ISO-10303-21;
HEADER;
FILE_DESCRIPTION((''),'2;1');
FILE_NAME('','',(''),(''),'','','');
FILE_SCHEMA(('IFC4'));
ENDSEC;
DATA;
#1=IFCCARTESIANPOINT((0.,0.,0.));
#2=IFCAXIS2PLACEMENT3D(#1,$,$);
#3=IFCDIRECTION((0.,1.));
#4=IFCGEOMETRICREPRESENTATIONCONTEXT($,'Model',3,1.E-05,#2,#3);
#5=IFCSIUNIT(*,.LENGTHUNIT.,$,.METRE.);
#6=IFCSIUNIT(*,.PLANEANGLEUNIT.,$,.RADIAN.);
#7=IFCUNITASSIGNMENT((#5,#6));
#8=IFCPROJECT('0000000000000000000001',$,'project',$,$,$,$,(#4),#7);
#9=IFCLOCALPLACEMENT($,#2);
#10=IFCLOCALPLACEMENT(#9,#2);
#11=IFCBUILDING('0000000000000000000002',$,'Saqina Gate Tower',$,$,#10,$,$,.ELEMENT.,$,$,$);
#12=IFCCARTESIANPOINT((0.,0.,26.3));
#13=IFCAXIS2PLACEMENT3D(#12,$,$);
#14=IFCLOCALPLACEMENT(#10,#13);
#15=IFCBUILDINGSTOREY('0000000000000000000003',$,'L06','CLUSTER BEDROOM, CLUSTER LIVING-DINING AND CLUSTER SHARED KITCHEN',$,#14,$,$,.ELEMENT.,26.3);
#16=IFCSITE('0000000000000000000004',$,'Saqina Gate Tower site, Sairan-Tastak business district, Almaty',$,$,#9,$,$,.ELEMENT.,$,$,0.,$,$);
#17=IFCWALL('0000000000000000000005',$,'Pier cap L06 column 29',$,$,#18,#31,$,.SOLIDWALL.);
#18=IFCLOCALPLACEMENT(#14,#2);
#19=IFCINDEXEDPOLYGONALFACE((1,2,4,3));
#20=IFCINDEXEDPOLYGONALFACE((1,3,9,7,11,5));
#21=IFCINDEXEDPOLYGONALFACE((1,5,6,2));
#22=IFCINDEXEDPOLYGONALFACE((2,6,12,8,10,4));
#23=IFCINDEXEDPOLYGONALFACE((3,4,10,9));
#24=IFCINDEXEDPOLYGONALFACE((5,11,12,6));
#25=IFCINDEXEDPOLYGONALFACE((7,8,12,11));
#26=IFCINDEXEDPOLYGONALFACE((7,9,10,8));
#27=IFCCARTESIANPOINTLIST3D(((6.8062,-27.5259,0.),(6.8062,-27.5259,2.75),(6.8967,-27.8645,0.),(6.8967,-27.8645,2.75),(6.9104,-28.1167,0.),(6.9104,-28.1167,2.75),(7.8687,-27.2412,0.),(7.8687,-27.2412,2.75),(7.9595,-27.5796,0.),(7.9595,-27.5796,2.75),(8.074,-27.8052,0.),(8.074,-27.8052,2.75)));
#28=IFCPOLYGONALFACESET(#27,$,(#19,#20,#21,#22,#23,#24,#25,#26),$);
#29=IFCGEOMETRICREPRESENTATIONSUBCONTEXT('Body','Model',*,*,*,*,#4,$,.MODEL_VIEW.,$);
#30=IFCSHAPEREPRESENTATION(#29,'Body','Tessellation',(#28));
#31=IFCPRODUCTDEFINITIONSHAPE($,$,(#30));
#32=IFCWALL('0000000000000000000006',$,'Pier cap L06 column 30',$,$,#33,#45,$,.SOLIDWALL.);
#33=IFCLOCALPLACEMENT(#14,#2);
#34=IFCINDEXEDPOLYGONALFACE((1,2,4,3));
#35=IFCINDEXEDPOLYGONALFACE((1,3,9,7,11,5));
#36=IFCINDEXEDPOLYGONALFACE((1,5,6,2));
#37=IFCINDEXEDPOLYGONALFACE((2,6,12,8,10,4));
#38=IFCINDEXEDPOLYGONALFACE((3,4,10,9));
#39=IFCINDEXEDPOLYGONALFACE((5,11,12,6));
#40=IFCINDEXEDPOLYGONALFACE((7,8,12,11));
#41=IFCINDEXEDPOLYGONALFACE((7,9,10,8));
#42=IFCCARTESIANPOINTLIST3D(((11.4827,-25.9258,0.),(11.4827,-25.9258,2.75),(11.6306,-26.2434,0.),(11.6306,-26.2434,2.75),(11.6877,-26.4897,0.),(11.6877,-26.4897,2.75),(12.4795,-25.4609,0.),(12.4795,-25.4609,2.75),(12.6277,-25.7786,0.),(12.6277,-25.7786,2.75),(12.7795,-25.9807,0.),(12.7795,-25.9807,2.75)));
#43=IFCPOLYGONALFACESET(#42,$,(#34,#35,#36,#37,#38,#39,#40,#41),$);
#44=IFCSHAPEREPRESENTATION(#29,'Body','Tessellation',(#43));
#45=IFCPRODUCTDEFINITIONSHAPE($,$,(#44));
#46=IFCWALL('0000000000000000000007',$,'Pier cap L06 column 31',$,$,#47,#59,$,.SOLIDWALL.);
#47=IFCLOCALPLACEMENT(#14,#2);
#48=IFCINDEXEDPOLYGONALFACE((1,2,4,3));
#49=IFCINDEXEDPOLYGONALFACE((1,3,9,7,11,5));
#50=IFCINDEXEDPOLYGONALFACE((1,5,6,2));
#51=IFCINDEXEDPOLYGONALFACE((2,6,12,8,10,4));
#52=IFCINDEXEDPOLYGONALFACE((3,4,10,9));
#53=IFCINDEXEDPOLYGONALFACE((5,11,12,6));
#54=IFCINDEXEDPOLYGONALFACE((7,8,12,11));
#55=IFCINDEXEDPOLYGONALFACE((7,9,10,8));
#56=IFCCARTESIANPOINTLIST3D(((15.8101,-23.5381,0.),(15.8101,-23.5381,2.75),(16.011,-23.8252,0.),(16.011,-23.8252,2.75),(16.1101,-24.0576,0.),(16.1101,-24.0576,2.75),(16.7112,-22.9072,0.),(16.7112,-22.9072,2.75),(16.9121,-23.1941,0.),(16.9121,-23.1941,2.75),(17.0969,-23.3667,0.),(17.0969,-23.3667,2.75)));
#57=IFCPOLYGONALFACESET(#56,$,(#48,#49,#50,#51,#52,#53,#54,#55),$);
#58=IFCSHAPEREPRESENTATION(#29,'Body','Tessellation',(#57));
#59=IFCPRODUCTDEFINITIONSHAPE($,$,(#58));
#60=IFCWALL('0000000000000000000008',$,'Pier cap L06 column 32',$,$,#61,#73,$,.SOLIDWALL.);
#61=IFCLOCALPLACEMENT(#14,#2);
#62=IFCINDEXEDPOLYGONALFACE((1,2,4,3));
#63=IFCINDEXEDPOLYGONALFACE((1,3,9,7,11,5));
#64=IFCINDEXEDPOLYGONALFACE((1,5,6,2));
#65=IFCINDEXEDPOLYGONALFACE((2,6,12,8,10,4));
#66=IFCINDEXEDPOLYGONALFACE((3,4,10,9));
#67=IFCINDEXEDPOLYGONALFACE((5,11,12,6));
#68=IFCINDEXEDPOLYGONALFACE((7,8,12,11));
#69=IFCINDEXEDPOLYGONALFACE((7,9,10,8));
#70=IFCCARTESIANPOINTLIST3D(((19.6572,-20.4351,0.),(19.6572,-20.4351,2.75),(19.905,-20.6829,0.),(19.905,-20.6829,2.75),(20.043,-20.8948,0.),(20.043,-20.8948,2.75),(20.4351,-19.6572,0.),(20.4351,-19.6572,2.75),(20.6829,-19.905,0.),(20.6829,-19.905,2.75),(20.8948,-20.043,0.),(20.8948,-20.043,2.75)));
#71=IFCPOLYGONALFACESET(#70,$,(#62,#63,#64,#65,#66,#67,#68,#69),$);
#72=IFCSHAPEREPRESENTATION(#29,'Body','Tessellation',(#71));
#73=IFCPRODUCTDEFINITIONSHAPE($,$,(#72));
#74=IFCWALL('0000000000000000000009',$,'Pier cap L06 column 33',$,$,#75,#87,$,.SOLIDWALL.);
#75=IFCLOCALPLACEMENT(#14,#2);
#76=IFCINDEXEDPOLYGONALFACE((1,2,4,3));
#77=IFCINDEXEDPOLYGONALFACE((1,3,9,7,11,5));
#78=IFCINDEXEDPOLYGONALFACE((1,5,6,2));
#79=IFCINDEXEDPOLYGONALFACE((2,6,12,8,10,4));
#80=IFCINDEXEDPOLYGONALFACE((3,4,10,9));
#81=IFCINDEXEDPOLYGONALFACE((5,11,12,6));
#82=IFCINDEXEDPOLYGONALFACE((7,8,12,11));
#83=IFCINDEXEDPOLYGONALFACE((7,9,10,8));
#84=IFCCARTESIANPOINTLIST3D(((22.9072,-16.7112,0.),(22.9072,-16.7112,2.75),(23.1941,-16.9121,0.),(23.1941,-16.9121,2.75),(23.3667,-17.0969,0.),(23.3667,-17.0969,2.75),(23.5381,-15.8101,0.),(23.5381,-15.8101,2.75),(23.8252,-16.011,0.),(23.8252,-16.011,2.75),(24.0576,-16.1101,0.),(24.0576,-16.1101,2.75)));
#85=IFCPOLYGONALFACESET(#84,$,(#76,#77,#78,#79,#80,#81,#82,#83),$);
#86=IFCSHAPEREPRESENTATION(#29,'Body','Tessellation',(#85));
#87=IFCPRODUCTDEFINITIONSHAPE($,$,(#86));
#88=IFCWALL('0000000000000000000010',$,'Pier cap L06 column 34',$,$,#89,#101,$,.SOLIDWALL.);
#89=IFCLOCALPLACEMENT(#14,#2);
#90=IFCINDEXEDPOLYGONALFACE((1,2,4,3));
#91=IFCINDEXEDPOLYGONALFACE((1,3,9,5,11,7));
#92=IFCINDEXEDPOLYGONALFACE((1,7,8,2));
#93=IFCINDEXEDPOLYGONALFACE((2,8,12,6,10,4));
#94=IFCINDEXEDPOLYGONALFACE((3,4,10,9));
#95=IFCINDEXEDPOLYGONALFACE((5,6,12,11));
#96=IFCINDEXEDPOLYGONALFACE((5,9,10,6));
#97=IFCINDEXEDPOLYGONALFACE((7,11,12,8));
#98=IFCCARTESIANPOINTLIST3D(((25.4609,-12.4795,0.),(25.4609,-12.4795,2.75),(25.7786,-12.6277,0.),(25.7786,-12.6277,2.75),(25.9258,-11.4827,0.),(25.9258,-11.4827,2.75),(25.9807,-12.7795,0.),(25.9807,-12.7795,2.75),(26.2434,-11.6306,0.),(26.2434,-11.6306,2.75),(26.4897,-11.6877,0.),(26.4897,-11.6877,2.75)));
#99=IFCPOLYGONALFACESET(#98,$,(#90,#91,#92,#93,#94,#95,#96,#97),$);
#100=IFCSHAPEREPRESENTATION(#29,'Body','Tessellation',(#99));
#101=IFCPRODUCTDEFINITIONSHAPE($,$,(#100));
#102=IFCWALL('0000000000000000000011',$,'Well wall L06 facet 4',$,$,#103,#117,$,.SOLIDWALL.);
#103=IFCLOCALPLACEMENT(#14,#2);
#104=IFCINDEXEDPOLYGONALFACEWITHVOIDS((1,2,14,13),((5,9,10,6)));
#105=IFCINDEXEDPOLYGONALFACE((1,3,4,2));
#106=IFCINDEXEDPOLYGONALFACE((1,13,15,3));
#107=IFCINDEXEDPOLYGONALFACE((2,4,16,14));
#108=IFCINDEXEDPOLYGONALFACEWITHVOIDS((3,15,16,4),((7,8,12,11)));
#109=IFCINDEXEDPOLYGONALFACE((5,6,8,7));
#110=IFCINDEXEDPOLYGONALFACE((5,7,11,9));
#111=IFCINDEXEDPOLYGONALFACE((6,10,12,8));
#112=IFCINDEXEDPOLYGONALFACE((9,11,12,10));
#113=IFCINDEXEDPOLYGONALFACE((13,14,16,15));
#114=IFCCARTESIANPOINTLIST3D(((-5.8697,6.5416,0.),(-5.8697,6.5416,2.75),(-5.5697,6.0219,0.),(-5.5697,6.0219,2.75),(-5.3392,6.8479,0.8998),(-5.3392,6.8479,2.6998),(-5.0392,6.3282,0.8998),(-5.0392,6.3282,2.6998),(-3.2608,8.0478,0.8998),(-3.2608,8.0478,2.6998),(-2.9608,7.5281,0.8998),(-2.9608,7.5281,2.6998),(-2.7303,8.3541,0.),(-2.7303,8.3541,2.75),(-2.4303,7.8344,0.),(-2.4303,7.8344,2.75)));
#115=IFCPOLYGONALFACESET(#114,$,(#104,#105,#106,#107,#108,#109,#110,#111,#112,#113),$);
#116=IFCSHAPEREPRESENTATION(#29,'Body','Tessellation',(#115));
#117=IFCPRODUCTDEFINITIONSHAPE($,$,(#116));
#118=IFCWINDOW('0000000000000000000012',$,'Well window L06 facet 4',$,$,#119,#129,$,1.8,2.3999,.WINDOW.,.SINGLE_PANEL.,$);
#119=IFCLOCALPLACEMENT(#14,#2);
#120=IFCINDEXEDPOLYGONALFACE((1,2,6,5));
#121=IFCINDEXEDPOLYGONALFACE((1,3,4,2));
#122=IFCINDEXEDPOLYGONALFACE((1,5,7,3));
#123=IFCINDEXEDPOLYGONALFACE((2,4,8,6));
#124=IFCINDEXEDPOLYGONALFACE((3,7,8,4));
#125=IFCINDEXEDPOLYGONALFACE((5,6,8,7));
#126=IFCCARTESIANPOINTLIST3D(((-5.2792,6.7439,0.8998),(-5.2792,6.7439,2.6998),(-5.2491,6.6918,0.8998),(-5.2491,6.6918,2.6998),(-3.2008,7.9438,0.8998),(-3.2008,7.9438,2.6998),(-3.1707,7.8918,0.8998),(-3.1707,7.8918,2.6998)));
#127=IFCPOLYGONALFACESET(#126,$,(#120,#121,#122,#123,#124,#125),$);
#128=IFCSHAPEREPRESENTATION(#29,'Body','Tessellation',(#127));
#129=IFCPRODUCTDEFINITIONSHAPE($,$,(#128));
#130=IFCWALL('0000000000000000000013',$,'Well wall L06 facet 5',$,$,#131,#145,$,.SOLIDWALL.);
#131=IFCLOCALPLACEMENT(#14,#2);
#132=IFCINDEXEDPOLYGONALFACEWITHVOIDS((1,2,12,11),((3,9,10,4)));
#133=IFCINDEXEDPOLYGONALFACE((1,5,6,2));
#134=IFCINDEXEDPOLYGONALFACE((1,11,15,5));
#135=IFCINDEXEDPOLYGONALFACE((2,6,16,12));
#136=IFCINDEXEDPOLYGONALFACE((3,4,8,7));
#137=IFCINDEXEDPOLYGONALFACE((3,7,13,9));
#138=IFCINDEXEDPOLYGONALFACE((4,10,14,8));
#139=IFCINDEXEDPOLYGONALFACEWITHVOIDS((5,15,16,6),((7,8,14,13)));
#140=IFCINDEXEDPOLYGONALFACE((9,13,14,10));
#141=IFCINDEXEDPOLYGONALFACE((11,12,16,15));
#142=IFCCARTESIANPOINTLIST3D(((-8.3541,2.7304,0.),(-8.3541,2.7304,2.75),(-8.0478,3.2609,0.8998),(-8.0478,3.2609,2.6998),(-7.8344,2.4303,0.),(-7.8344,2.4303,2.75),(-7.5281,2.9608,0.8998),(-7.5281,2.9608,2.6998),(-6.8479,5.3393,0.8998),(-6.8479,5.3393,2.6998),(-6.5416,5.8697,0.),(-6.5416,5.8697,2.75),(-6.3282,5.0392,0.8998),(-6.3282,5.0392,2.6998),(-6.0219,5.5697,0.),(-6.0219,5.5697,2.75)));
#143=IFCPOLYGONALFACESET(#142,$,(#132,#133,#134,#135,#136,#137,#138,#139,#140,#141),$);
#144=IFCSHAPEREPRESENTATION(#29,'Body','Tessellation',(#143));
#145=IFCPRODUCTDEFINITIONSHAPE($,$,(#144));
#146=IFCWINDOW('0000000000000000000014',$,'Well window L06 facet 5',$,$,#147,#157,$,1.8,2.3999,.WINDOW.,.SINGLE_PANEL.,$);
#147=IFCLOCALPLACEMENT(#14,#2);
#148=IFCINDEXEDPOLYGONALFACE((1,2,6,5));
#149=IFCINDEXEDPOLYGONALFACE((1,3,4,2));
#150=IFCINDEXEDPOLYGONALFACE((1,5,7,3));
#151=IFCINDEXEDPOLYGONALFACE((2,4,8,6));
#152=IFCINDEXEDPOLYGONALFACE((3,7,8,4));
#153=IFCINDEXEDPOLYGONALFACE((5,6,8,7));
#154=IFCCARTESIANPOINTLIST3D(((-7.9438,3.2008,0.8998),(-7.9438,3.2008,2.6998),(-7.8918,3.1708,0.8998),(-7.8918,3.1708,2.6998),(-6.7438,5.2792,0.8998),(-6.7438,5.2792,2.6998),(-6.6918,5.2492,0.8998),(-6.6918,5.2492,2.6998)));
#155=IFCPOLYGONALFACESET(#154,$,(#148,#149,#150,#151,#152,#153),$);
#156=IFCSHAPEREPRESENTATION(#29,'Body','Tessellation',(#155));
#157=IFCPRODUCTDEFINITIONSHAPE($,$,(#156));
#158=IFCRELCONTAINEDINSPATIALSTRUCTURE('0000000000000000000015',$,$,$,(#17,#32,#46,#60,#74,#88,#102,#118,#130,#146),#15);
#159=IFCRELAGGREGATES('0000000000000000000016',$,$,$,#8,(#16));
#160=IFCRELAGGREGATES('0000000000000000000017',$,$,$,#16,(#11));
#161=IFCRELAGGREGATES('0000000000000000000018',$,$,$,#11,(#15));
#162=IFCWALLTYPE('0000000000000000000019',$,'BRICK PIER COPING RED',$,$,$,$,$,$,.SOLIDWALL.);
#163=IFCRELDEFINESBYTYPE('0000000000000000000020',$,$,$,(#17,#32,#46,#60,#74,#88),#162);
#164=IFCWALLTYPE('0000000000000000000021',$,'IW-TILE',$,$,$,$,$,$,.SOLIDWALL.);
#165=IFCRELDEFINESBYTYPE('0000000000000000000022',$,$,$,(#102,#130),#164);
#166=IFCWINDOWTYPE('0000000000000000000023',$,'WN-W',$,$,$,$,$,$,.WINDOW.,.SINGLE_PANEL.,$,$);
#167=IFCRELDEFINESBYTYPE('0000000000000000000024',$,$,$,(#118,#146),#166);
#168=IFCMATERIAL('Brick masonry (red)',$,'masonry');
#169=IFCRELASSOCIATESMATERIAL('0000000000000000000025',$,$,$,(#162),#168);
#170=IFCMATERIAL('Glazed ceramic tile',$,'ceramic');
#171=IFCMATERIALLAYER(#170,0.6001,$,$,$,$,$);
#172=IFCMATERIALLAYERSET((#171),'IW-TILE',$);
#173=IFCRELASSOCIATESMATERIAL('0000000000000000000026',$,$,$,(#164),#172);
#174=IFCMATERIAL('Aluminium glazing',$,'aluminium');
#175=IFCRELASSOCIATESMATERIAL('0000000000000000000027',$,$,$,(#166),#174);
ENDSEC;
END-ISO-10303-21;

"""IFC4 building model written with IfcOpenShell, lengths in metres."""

from ifc_helpers import new_model, si_unit, direction, frame, frame_2d, origin, place, context, subcontext, project, spatial, polyline, rectangle, outline, extrude, material, layer, layer_set, type_object, element, fill, save


model = new_model("IFC4")

# Units and contexts
model_context = context("Model", 3, precision=1e-05, world=origin(), true_north=direction((0.0, 1.0)))
body_context = subcontext(model_context, "Body", "Model", "MODEL_VIEW")
ifc_project = project(units=[si_unit("LENGTHUNIT", "METRE"), si_unit("PLANEANGLEUNIT", "RADIAN")], contexts=[model_context])

# Site, building, storey
site_placement = place(None, origin())
site = spatial("IfcSite", under=ifc_project, at=site_placement, Name="Saqina Gate Tower site, Sairan-Tastak business district, Almaty", CompositionType="ELEMENT", RefElevation=0.0)
building_placement = place(site_placement, origin())
building = spatial("IfcBuilding", under=site, at=building_placement, Name="Saqina Gate Tower", CompositionType="ELEMENT")
storey_placement = place(building_placement, frame((0.0, 0.0, 26.3)))
storey = spatial("IfcBuildingStorey", under=building, at=storey_placement, Name="L06", Description="CLUSTER BEDROOM, CLUSTER LIVING-DINING AND CLUSTER SHARED KITCHEN", CompositionType="ELEMENT", Elevation=26.3)

# Walls
ifc_material_1 = material(Name="Brick masonry (red)", Category="masonry")
wall_type_1 = type_object("IfcWallType", Name="BRICK PIER COPING RED", PredefinedType="SOLIDWALL", material=ifc_material_1)
wall_1_placement = place(storey_placement, origin())
element("IfcWall", 1, at=wall_1_placement, inside=storey, type_object=wall_type_1, Name="Pier cap L06 column 29", PredefinedType="SOLIDWALL", context=body_context, shape_type="SweptSolid", body=[
    extrude(outline(polyline([(6.9104, -28.1167), (8.074, -27.8052), (7.8687, -27.2412), (7.9595, -27.5796), (6.8967, -27.8645), (6.8062, -27.5259), (6.9104, -28.1167)])), origin(), (0.0, 0.0, 1.0), 2.75),
])
wall_2_placement = place(storey_placement, origin())
element("IfcWall", 2, at=wall_2_placement, inside=storey, type_object=wall_type_1, Name="Pier cap L06 column 30", PredefinedType="SOLIDWALL", context=body_context, shape_type="SweptSolid", body=[
    extrude(outline(polyline([(12.7795, -25.9807), (12.4795, -25.4609), (12.6277, -25.7786), (11.6306, -26.2434), (11.4827, -25.9258), (11.6877, -26.4897), (12.7795, -25.9807)])), origin(), (0.0, 0.0, 1.0), 2.75),
])
wall_3_placement = place(storey_placement, origin())
element("IfcWall", 3, at=wall_3_placement, inside=storey, type_object=wall_type_1, Name="Pier cap L06 column 31", PredefinedType="SOLIDWALL", context=body_context, shape_type="SweptSolid", body=[
    extrude(outline(polyline([(16.1101, -24.0576), (17.0969, -23.3667), (16.7112, -22.9072), (16.9121, -23.1941), (16.011, -23.8252), (15.8101, -23.5381), (16.1101, -24.0576)])), origin(), (0.0, 0.0, 1.0), 2.75),
])
wall_4_placement = place(storey_placement, origin())
element("IfcWall", 4, at=wall_4_placement, inside=storey, type_object=wall_type_1, Name="Pier cap L06 column 32", PredefinedType="SOLIDWALL", context=body_context, shape_type="SweptSolid", body=[
    extrude(outline(polyline([(20.8948, -20.043), (20.4351, -19.6572), (20.6829, -19.905), (19.905, -20.6829), (19.6572, -20.4351), (20.043, -20.8948), (20.8948, -20.043)])), origin(), (0.0, 0.0, 1.0), 2.75),
])
wall_5_placement = place(storey_placement, origin())
element("IfcWall", 5, at=wall_5_placement, inside=storey, type_object=wall_type_1, Name="Pier cap L06 column 33", PredefinedType="SOLIDWALL", context=body_context, shape_type="SweptSolid", body=[
    extrude(outline(polyline([(23.3667, -17.0969), (24.0576, -16.1101), (23.5381, -15.8101), (23.8252, -16.011), (23.1941, -16.9121), (22.9072, -16.7112), (23.3667, -17.0969)])), origin(), (0.0, 0.0, 1.0), 2.75),
])
wall_6_placement = place(storey_placement, origin())
element("IfcWall", 6, at=wall_6_placement, inside=storey, type_object=wall_type_1, Name="Pier cap L06 column 34", PredefinedType="SOLIDWALL", context=body_context, shape_type="SweptSolid", body=[
    extrude(outline(polyline([(26.4897, -11.6877), (25.9258, -11.4827), (26.2434, -11.6306), (25.7786, -12.6277), (25.4609, -12.4795), (25.9807, -12.7795), (26.4897, -11.6877)])), origin(), (0.0, 0.0, 1.0), 2.75),
])

# Walls, openings, windows
ifc_material_2 = material(Name="Glazed ceramic tile", Category="ceramic")
ifc_layer_1 = layer(ifc_material_2, 0.6001)
ifc_layer_set_1 = layer_set([ifc_layer_1], Name="IW-TILE")
wall_type_2 = type_object("IfcWallType", Name="IW-TILE", PredefinedType="SOLIDWALL", material=ifc_layer_set_1)
wall_7_placement = place(storey_placement, frame((-2.5803, 8.0942, 0.0), z_axis=(0.0, 0.0, 1.0), x_axis=(-0.86603, -0.499993, 0.0)))
wall_7 = element("IfcWall", 7, at=wall_7_placement, inside=storey, type_object=wall_type_2, Name="Well wall L06 facet 4", PredefinedType="SOLIDWALL", context=body_context, shape_type="SweptSolid", body=[
    extrude(rectangle(XDim=3.625, YDim=0.6001, at=frame_2d((1.8125, 0.0))), origin(), (0.0, 0.0, 1.0), 2.75),
])
opening_1_placement = place(wall_7_placement, frame((0.6125, 0.0, 0.8999)))
opening_1 = element("IfcOpeningElement", 8, at=opening_1_placement, cuts=wall_7, PredefinedType="OPENING", context=body_context, shape_type="SweptSolid", body=[
    extrude(rectangle(XDim=2.3999, YDim=1.8, at=frame_2d((1.2, 0.8999))), frame((0.0, 0.312, 0.0), z_axis=(0.0, -1.0, 0.0), x_axis=(1.0, 0.0, 0.0)), (0.0, 0.0, 1.0), 0.624),
])
ifc_material_3 = material(Name="Aluminium glazing", Category="aluminium")
window_type = type_object("IfcWindowType", Name="WN-W", PartitioningType="SINGLE_PANEL", PredefinedType="WINDOW", material=ifc_material_3)
window_1_placement = place(opening_1_placement, origin())
window_1 = element("IfcWindow", 9, at=window_1_placement, inside=storey, type_object=window_type, Name="Well window L06 facet 4", OverallHeight=1.8, OverallWidth=2.3999, PartitioningType="SINGLE_PANEL", PredefinedType="WINDOW", context=body_context, shape_type="SweptSolid", body=[
    extrude(rectangle(XDim=2.3999, YDim=1.8, at=frame_2d((1.2, 0.8999))), frame((0.0, -0.1199, 0.0), z_axis=(0.0, -1.0, 0.0), x_axis=(1.0, 0.0, 0.0)), (0.0, 0.0, 1.0), 0.0601),
])
fill(opening_1, window_1)
wall_8_placement = place(storey_placement, frame((-6.2817, 5.7197, 0.0), z_axis=(0.0, 0.0, 1.0), x_axis=(-0.499993, -0.86603, 0.0)))
wall_8 = element("IfcWall", 10, at=wall_8_placement, inside=storey, type_object=wall_type_2, Name="Well wall L06 facet 5", PredefinedType="SOLIDWALL", context=body_context, shape_type="SweptSolid", body=[
    extrude(rectangle(XDim=3.625, YDim=0.6001, at=frame_2d((1.8125, 0.0))), origin(), (0.0, 0.0, 1.0), 2.75),
])
opening_2_placement = place(wall_8_placement, frame((0.6125, 0.0, 0.8999)))
opening_2 = element("IfcOpeningElement", 11, at=opening_2_placement, cuts=wall_8, PredefinedType="OPENING", context=body_context, shape_type="SweptSolid", body=[
    extrude(rectangle(XDim=2.3999, YDim=1.8, at=frame_2d((1.2, 0.8999))), frame((0.0, 0.312, 0.0), z_axis=(0.0, -1.0, 0.0), x_axis=(1.0, 0.0, 0.0)), (0.0, 0.0, 1.0), 0.624),
])
window_2_placement = place(opening_2_placement, origin())
window_2 = element("IfcWindow", 12, at=window_2_placement, inside=storey, type_object=window_type, Name="Well window L06 facet 5", OverallHeight=1.8, OverallWidth=2.3999, PartitioningType="SINGLE_PANEL", PredefinedType="WINDOW", context=body_context, shape_type="SweptSolid", body=[
    extrude(rectangle(XDim=2.3999, YDim=1.8, at=frame_2d((1.2, 0.8999))), frame((0.0, -0.1199, 0.0), z_axis=(0.0, -1.0, 0.0), x_axis=(1.0, 0.0, 0.0)), (0.0, 0.0, 1.0), 0.0601),
])
fill(opening_2, window_2)

save(model, "model.ifc")
